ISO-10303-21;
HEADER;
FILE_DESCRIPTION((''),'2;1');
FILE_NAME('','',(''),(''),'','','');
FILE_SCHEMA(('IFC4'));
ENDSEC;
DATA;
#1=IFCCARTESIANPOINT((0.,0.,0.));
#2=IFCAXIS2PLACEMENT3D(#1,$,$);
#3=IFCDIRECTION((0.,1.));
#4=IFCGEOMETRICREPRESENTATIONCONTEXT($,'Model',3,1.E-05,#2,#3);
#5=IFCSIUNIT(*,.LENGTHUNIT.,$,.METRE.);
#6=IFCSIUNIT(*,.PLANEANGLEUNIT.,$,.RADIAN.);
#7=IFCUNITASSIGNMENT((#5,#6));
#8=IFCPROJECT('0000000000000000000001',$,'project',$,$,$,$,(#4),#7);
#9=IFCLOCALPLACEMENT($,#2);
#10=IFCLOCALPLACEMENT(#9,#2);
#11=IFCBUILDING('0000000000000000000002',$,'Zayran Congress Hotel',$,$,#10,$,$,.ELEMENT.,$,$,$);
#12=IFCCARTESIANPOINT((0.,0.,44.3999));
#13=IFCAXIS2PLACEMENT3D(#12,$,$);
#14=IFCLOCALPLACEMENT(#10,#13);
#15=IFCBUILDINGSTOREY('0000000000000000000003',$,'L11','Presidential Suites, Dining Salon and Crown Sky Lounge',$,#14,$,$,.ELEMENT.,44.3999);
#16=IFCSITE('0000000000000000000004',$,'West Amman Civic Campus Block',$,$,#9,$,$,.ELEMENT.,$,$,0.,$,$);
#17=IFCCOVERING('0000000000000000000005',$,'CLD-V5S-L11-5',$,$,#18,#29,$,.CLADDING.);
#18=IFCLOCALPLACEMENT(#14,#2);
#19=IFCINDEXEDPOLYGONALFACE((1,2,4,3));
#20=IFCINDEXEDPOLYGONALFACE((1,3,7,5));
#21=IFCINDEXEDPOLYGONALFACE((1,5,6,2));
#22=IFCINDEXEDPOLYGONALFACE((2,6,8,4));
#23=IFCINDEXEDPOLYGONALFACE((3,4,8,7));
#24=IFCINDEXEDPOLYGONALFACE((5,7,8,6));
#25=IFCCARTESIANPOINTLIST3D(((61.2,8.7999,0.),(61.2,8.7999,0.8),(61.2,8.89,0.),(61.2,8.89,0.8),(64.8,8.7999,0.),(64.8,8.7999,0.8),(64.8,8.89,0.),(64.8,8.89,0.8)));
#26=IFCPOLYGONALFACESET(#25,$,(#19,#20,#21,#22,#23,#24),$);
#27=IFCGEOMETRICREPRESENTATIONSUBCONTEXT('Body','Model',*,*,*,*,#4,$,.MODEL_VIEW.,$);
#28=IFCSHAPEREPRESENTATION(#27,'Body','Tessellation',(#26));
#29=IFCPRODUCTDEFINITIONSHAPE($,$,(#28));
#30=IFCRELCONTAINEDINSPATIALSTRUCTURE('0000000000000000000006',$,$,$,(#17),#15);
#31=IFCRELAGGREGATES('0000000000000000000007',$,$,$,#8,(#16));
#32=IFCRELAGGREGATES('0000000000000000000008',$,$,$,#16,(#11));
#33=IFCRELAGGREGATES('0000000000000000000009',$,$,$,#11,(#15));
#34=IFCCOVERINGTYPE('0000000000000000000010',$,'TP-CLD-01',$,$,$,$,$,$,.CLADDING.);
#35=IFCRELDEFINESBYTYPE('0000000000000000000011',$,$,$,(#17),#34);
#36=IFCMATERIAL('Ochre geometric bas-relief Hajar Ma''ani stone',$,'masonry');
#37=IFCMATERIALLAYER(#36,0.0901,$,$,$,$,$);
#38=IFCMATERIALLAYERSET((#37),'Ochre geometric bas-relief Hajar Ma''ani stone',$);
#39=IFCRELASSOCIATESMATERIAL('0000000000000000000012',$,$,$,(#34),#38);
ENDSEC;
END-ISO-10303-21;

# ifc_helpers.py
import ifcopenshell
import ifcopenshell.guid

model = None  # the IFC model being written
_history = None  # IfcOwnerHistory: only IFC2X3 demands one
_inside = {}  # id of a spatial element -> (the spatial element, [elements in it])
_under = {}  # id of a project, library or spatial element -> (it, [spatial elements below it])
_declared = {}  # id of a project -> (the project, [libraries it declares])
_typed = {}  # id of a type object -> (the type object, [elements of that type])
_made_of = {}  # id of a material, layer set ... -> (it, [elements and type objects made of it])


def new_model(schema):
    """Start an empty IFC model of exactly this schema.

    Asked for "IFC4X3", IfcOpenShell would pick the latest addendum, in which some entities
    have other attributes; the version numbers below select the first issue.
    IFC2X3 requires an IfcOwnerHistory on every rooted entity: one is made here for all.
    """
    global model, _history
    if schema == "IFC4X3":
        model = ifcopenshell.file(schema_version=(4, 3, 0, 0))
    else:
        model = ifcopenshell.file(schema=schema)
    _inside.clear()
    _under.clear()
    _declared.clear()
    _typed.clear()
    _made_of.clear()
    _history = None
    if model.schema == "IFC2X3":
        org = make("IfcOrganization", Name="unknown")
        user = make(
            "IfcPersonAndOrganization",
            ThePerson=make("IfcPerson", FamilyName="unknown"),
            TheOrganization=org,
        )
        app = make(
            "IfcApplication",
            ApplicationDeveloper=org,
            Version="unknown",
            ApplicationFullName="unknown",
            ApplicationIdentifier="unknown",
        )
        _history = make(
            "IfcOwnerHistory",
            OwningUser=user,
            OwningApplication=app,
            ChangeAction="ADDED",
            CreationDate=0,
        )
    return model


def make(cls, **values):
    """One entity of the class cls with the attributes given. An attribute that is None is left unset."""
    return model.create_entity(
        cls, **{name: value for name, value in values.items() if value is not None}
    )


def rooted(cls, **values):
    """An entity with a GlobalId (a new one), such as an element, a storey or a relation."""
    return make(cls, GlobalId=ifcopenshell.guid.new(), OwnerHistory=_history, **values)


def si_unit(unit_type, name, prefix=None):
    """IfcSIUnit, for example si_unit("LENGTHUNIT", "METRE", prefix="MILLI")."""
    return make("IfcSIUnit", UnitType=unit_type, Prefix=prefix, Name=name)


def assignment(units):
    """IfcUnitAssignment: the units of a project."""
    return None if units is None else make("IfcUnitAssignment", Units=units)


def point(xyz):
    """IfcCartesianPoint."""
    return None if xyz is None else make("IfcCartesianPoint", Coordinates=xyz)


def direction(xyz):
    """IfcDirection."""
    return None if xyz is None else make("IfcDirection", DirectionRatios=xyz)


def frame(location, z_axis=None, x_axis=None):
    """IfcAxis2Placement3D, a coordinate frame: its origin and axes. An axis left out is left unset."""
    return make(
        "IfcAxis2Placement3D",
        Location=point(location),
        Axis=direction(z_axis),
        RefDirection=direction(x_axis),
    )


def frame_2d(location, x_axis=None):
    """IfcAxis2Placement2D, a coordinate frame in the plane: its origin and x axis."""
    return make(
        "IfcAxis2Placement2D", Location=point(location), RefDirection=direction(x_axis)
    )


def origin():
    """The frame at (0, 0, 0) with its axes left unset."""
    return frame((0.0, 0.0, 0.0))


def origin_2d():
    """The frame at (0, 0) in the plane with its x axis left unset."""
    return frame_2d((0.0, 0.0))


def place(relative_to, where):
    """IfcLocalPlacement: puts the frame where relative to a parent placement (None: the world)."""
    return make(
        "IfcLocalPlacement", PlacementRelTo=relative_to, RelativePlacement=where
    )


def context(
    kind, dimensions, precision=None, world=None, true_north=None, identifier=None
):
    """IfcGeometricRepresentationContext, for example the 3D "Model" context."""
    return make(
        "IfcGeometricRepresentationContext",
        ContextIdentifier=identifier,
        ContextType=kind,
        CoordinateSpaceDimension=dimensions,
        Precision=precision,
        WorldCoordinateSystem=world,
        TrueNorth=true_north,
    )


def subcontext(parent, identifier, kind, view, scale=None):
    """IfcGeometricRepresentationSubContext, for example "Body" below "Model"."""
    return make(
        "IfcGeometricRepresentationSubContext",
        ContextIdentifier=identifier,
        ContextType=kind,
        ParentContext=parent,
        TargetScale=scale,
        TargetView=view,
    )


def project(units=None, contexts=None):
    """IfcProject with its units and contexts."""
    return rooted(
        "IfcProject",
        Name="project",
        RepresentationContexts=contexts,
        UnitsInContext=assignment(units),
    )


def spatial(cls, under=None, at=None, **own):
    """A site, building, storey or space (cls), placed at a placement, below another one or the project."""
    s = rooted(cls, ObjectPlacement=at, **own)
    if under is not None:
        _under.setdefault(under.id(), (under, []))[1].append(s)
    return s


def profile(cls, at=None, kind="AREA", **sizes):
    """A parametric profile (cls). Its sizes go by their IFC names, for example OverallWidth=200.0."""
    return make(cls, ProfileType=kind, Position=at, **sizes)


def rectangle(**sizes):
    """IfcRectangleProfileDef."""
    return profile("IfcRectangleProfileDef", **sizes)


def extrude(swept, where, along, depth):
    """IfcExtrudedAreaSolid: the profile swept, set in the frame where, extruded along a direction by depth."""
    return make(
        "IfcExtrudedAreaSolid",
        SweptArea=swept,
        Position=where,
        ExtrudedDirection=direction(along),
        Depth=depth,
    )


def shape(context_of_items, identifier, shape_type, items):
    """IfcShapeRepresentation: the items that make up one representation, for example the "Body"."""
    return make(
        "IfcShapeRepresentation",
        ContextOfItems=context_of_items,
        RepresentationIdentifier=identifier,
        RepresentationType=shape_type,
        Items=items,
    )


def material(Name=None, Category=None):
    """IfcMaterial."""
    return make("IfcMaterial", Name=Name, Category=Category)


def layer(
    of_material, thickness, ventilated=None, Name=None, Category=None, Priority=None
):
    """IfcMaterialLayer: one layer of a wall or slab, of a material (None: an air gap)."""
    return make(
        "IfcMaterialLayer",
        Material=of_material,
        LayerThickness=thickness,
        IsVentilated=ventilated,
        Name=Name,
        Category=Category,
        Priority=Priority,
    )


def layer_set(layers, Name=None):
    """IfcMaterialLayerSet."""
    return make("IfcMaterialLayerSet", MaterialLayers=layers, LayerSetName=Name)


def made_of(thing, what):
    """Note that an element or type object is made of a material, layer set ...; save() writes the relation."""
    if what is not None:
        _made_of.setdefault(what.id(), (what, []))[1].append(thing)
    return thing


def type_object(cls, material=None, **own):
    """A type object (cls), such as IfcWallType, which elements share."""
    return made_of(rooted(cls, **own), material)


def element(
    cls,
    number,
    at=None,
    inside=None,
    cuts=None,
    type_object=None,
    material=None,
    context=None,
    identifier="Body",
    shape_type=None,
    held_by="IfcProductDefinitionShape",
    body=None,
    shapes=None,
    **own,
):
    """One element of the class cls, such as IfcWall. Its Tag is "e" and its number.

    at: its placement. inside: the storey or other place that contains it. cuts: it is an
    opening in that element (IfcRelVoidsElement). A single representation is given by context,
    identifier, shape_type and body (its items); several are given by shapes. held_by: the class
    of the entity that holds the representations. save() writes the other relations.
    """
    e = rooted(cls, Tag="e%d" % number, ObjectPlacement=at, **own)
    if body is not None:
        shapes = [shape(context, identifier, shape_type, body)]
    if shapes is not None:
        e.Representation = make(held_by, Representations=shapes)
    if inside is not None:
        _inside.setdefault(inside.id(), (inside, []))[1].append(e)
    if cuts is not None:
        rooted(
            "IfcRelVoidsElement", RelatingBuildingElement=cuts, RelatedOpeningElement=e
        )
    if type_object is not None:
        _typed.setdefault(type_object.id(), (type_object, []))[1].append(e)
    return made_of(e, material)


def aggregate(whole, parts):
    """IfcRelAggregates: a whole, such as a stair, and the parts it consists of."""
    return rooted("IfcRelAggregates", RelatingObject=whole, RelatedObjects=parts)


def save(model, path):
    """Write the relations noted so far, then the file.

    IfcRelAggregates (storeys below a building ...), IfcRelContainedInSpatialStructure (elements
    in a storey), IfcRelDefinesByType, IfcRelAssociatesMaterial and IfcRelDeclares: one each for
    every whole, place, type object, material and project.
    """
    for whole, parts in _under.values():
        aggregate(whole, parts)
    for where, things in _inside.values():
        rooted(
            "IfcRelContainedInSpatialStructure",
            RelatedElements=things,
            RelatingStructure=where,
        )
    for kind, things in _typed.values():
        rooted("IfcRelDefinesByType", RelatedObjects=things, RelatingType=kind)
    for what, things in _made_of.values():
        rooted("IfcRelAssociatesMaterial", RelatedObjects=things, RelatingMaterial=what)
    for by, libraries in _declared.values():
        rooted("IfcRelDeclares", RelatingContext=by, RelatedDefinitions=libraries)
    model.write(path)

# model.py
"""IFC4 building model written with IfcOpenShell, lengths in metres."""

from ifc_helpers import new_model, si_unit, direction, frame, origin, origin_2d, place, context, subcontext, project, spatial, rectangle, extrude, material, layer, layer_set, type_object, element, save


model = new_model("IFC4")

# Units and contexts
model_context = context("Model", 3, precision=1e-05, world=origin(), true_north=direction((0.0, 1.0)))
body_context = subcontext(model_context, "Body", "Model", "MODEL_VIEW")
ifc_project = project(units=[si_unit("LENGTHUNIT", "METRE"), si_unit("PLANEANGLEUNIT", "RADIAN")], contexts=[model_context])

# Site, building, storey
site_placement = place(None, origin())
site = spatial("IfcSite", under=ifc_project, at=site_placement, Name="West Amman Civic Campus Block", CompositionType="ELEMENT", RefElevation=0.0)
building_placement = place(site_placement, origin())
building = spatial("IfcBuilding", under=site, at=building_placement, Name="Zayran Congress Hotel", CompositionType="ELEMENT")
storey_placement = place(building_placement, frame((0.0, 0.0, 44.3999)))
storey = spatial("IfcBuildingStorey", under=building, at=storey_placement, Name="L11", Description="Presidential Suites, Dining Salon and Crown Sky Lounge", CompositionType="ELEMENT", Elevation=44.3999)

# Covering
ifc_material_1 = material(Name="Ochre geometric bas-relief Hajar Ma'ani stone", Category="masonry")
ifc_layer_1 = layer(ifc_material_1, 0.0901)
ifc_layer_set_1 = layer_set([ifc_layer_1], Name="Ochre geometric bas-relief Hajar Ma'ani stone")
covering_type = type_object("IfcCoveringType", Name="TP-CLD-01", PredefinedType="CLADDING", material=ifc_layer_set_1)
covering_placement = place(storey_placement, frame((63.0, 8.845, 0.0), z_axis=(0.0, 0.0, 1.0), x_axis=(1.0, 0.0, 0.0)))
element("IfcCovering", 1, at=covering_placement, inside=storey, type_object=covering_type, Name="CLD-V5S-L11-5", PredefinedType="CLADDING", context=body_context, shape_type="SweptSolid", body=[
    extrude(rectangle(XDim=3.6001, YDim=0.0901, at=origin_2d()), origin(), (0.0, 0.0, 1.0), 0.8),
])

save(model, "model.ifc")
